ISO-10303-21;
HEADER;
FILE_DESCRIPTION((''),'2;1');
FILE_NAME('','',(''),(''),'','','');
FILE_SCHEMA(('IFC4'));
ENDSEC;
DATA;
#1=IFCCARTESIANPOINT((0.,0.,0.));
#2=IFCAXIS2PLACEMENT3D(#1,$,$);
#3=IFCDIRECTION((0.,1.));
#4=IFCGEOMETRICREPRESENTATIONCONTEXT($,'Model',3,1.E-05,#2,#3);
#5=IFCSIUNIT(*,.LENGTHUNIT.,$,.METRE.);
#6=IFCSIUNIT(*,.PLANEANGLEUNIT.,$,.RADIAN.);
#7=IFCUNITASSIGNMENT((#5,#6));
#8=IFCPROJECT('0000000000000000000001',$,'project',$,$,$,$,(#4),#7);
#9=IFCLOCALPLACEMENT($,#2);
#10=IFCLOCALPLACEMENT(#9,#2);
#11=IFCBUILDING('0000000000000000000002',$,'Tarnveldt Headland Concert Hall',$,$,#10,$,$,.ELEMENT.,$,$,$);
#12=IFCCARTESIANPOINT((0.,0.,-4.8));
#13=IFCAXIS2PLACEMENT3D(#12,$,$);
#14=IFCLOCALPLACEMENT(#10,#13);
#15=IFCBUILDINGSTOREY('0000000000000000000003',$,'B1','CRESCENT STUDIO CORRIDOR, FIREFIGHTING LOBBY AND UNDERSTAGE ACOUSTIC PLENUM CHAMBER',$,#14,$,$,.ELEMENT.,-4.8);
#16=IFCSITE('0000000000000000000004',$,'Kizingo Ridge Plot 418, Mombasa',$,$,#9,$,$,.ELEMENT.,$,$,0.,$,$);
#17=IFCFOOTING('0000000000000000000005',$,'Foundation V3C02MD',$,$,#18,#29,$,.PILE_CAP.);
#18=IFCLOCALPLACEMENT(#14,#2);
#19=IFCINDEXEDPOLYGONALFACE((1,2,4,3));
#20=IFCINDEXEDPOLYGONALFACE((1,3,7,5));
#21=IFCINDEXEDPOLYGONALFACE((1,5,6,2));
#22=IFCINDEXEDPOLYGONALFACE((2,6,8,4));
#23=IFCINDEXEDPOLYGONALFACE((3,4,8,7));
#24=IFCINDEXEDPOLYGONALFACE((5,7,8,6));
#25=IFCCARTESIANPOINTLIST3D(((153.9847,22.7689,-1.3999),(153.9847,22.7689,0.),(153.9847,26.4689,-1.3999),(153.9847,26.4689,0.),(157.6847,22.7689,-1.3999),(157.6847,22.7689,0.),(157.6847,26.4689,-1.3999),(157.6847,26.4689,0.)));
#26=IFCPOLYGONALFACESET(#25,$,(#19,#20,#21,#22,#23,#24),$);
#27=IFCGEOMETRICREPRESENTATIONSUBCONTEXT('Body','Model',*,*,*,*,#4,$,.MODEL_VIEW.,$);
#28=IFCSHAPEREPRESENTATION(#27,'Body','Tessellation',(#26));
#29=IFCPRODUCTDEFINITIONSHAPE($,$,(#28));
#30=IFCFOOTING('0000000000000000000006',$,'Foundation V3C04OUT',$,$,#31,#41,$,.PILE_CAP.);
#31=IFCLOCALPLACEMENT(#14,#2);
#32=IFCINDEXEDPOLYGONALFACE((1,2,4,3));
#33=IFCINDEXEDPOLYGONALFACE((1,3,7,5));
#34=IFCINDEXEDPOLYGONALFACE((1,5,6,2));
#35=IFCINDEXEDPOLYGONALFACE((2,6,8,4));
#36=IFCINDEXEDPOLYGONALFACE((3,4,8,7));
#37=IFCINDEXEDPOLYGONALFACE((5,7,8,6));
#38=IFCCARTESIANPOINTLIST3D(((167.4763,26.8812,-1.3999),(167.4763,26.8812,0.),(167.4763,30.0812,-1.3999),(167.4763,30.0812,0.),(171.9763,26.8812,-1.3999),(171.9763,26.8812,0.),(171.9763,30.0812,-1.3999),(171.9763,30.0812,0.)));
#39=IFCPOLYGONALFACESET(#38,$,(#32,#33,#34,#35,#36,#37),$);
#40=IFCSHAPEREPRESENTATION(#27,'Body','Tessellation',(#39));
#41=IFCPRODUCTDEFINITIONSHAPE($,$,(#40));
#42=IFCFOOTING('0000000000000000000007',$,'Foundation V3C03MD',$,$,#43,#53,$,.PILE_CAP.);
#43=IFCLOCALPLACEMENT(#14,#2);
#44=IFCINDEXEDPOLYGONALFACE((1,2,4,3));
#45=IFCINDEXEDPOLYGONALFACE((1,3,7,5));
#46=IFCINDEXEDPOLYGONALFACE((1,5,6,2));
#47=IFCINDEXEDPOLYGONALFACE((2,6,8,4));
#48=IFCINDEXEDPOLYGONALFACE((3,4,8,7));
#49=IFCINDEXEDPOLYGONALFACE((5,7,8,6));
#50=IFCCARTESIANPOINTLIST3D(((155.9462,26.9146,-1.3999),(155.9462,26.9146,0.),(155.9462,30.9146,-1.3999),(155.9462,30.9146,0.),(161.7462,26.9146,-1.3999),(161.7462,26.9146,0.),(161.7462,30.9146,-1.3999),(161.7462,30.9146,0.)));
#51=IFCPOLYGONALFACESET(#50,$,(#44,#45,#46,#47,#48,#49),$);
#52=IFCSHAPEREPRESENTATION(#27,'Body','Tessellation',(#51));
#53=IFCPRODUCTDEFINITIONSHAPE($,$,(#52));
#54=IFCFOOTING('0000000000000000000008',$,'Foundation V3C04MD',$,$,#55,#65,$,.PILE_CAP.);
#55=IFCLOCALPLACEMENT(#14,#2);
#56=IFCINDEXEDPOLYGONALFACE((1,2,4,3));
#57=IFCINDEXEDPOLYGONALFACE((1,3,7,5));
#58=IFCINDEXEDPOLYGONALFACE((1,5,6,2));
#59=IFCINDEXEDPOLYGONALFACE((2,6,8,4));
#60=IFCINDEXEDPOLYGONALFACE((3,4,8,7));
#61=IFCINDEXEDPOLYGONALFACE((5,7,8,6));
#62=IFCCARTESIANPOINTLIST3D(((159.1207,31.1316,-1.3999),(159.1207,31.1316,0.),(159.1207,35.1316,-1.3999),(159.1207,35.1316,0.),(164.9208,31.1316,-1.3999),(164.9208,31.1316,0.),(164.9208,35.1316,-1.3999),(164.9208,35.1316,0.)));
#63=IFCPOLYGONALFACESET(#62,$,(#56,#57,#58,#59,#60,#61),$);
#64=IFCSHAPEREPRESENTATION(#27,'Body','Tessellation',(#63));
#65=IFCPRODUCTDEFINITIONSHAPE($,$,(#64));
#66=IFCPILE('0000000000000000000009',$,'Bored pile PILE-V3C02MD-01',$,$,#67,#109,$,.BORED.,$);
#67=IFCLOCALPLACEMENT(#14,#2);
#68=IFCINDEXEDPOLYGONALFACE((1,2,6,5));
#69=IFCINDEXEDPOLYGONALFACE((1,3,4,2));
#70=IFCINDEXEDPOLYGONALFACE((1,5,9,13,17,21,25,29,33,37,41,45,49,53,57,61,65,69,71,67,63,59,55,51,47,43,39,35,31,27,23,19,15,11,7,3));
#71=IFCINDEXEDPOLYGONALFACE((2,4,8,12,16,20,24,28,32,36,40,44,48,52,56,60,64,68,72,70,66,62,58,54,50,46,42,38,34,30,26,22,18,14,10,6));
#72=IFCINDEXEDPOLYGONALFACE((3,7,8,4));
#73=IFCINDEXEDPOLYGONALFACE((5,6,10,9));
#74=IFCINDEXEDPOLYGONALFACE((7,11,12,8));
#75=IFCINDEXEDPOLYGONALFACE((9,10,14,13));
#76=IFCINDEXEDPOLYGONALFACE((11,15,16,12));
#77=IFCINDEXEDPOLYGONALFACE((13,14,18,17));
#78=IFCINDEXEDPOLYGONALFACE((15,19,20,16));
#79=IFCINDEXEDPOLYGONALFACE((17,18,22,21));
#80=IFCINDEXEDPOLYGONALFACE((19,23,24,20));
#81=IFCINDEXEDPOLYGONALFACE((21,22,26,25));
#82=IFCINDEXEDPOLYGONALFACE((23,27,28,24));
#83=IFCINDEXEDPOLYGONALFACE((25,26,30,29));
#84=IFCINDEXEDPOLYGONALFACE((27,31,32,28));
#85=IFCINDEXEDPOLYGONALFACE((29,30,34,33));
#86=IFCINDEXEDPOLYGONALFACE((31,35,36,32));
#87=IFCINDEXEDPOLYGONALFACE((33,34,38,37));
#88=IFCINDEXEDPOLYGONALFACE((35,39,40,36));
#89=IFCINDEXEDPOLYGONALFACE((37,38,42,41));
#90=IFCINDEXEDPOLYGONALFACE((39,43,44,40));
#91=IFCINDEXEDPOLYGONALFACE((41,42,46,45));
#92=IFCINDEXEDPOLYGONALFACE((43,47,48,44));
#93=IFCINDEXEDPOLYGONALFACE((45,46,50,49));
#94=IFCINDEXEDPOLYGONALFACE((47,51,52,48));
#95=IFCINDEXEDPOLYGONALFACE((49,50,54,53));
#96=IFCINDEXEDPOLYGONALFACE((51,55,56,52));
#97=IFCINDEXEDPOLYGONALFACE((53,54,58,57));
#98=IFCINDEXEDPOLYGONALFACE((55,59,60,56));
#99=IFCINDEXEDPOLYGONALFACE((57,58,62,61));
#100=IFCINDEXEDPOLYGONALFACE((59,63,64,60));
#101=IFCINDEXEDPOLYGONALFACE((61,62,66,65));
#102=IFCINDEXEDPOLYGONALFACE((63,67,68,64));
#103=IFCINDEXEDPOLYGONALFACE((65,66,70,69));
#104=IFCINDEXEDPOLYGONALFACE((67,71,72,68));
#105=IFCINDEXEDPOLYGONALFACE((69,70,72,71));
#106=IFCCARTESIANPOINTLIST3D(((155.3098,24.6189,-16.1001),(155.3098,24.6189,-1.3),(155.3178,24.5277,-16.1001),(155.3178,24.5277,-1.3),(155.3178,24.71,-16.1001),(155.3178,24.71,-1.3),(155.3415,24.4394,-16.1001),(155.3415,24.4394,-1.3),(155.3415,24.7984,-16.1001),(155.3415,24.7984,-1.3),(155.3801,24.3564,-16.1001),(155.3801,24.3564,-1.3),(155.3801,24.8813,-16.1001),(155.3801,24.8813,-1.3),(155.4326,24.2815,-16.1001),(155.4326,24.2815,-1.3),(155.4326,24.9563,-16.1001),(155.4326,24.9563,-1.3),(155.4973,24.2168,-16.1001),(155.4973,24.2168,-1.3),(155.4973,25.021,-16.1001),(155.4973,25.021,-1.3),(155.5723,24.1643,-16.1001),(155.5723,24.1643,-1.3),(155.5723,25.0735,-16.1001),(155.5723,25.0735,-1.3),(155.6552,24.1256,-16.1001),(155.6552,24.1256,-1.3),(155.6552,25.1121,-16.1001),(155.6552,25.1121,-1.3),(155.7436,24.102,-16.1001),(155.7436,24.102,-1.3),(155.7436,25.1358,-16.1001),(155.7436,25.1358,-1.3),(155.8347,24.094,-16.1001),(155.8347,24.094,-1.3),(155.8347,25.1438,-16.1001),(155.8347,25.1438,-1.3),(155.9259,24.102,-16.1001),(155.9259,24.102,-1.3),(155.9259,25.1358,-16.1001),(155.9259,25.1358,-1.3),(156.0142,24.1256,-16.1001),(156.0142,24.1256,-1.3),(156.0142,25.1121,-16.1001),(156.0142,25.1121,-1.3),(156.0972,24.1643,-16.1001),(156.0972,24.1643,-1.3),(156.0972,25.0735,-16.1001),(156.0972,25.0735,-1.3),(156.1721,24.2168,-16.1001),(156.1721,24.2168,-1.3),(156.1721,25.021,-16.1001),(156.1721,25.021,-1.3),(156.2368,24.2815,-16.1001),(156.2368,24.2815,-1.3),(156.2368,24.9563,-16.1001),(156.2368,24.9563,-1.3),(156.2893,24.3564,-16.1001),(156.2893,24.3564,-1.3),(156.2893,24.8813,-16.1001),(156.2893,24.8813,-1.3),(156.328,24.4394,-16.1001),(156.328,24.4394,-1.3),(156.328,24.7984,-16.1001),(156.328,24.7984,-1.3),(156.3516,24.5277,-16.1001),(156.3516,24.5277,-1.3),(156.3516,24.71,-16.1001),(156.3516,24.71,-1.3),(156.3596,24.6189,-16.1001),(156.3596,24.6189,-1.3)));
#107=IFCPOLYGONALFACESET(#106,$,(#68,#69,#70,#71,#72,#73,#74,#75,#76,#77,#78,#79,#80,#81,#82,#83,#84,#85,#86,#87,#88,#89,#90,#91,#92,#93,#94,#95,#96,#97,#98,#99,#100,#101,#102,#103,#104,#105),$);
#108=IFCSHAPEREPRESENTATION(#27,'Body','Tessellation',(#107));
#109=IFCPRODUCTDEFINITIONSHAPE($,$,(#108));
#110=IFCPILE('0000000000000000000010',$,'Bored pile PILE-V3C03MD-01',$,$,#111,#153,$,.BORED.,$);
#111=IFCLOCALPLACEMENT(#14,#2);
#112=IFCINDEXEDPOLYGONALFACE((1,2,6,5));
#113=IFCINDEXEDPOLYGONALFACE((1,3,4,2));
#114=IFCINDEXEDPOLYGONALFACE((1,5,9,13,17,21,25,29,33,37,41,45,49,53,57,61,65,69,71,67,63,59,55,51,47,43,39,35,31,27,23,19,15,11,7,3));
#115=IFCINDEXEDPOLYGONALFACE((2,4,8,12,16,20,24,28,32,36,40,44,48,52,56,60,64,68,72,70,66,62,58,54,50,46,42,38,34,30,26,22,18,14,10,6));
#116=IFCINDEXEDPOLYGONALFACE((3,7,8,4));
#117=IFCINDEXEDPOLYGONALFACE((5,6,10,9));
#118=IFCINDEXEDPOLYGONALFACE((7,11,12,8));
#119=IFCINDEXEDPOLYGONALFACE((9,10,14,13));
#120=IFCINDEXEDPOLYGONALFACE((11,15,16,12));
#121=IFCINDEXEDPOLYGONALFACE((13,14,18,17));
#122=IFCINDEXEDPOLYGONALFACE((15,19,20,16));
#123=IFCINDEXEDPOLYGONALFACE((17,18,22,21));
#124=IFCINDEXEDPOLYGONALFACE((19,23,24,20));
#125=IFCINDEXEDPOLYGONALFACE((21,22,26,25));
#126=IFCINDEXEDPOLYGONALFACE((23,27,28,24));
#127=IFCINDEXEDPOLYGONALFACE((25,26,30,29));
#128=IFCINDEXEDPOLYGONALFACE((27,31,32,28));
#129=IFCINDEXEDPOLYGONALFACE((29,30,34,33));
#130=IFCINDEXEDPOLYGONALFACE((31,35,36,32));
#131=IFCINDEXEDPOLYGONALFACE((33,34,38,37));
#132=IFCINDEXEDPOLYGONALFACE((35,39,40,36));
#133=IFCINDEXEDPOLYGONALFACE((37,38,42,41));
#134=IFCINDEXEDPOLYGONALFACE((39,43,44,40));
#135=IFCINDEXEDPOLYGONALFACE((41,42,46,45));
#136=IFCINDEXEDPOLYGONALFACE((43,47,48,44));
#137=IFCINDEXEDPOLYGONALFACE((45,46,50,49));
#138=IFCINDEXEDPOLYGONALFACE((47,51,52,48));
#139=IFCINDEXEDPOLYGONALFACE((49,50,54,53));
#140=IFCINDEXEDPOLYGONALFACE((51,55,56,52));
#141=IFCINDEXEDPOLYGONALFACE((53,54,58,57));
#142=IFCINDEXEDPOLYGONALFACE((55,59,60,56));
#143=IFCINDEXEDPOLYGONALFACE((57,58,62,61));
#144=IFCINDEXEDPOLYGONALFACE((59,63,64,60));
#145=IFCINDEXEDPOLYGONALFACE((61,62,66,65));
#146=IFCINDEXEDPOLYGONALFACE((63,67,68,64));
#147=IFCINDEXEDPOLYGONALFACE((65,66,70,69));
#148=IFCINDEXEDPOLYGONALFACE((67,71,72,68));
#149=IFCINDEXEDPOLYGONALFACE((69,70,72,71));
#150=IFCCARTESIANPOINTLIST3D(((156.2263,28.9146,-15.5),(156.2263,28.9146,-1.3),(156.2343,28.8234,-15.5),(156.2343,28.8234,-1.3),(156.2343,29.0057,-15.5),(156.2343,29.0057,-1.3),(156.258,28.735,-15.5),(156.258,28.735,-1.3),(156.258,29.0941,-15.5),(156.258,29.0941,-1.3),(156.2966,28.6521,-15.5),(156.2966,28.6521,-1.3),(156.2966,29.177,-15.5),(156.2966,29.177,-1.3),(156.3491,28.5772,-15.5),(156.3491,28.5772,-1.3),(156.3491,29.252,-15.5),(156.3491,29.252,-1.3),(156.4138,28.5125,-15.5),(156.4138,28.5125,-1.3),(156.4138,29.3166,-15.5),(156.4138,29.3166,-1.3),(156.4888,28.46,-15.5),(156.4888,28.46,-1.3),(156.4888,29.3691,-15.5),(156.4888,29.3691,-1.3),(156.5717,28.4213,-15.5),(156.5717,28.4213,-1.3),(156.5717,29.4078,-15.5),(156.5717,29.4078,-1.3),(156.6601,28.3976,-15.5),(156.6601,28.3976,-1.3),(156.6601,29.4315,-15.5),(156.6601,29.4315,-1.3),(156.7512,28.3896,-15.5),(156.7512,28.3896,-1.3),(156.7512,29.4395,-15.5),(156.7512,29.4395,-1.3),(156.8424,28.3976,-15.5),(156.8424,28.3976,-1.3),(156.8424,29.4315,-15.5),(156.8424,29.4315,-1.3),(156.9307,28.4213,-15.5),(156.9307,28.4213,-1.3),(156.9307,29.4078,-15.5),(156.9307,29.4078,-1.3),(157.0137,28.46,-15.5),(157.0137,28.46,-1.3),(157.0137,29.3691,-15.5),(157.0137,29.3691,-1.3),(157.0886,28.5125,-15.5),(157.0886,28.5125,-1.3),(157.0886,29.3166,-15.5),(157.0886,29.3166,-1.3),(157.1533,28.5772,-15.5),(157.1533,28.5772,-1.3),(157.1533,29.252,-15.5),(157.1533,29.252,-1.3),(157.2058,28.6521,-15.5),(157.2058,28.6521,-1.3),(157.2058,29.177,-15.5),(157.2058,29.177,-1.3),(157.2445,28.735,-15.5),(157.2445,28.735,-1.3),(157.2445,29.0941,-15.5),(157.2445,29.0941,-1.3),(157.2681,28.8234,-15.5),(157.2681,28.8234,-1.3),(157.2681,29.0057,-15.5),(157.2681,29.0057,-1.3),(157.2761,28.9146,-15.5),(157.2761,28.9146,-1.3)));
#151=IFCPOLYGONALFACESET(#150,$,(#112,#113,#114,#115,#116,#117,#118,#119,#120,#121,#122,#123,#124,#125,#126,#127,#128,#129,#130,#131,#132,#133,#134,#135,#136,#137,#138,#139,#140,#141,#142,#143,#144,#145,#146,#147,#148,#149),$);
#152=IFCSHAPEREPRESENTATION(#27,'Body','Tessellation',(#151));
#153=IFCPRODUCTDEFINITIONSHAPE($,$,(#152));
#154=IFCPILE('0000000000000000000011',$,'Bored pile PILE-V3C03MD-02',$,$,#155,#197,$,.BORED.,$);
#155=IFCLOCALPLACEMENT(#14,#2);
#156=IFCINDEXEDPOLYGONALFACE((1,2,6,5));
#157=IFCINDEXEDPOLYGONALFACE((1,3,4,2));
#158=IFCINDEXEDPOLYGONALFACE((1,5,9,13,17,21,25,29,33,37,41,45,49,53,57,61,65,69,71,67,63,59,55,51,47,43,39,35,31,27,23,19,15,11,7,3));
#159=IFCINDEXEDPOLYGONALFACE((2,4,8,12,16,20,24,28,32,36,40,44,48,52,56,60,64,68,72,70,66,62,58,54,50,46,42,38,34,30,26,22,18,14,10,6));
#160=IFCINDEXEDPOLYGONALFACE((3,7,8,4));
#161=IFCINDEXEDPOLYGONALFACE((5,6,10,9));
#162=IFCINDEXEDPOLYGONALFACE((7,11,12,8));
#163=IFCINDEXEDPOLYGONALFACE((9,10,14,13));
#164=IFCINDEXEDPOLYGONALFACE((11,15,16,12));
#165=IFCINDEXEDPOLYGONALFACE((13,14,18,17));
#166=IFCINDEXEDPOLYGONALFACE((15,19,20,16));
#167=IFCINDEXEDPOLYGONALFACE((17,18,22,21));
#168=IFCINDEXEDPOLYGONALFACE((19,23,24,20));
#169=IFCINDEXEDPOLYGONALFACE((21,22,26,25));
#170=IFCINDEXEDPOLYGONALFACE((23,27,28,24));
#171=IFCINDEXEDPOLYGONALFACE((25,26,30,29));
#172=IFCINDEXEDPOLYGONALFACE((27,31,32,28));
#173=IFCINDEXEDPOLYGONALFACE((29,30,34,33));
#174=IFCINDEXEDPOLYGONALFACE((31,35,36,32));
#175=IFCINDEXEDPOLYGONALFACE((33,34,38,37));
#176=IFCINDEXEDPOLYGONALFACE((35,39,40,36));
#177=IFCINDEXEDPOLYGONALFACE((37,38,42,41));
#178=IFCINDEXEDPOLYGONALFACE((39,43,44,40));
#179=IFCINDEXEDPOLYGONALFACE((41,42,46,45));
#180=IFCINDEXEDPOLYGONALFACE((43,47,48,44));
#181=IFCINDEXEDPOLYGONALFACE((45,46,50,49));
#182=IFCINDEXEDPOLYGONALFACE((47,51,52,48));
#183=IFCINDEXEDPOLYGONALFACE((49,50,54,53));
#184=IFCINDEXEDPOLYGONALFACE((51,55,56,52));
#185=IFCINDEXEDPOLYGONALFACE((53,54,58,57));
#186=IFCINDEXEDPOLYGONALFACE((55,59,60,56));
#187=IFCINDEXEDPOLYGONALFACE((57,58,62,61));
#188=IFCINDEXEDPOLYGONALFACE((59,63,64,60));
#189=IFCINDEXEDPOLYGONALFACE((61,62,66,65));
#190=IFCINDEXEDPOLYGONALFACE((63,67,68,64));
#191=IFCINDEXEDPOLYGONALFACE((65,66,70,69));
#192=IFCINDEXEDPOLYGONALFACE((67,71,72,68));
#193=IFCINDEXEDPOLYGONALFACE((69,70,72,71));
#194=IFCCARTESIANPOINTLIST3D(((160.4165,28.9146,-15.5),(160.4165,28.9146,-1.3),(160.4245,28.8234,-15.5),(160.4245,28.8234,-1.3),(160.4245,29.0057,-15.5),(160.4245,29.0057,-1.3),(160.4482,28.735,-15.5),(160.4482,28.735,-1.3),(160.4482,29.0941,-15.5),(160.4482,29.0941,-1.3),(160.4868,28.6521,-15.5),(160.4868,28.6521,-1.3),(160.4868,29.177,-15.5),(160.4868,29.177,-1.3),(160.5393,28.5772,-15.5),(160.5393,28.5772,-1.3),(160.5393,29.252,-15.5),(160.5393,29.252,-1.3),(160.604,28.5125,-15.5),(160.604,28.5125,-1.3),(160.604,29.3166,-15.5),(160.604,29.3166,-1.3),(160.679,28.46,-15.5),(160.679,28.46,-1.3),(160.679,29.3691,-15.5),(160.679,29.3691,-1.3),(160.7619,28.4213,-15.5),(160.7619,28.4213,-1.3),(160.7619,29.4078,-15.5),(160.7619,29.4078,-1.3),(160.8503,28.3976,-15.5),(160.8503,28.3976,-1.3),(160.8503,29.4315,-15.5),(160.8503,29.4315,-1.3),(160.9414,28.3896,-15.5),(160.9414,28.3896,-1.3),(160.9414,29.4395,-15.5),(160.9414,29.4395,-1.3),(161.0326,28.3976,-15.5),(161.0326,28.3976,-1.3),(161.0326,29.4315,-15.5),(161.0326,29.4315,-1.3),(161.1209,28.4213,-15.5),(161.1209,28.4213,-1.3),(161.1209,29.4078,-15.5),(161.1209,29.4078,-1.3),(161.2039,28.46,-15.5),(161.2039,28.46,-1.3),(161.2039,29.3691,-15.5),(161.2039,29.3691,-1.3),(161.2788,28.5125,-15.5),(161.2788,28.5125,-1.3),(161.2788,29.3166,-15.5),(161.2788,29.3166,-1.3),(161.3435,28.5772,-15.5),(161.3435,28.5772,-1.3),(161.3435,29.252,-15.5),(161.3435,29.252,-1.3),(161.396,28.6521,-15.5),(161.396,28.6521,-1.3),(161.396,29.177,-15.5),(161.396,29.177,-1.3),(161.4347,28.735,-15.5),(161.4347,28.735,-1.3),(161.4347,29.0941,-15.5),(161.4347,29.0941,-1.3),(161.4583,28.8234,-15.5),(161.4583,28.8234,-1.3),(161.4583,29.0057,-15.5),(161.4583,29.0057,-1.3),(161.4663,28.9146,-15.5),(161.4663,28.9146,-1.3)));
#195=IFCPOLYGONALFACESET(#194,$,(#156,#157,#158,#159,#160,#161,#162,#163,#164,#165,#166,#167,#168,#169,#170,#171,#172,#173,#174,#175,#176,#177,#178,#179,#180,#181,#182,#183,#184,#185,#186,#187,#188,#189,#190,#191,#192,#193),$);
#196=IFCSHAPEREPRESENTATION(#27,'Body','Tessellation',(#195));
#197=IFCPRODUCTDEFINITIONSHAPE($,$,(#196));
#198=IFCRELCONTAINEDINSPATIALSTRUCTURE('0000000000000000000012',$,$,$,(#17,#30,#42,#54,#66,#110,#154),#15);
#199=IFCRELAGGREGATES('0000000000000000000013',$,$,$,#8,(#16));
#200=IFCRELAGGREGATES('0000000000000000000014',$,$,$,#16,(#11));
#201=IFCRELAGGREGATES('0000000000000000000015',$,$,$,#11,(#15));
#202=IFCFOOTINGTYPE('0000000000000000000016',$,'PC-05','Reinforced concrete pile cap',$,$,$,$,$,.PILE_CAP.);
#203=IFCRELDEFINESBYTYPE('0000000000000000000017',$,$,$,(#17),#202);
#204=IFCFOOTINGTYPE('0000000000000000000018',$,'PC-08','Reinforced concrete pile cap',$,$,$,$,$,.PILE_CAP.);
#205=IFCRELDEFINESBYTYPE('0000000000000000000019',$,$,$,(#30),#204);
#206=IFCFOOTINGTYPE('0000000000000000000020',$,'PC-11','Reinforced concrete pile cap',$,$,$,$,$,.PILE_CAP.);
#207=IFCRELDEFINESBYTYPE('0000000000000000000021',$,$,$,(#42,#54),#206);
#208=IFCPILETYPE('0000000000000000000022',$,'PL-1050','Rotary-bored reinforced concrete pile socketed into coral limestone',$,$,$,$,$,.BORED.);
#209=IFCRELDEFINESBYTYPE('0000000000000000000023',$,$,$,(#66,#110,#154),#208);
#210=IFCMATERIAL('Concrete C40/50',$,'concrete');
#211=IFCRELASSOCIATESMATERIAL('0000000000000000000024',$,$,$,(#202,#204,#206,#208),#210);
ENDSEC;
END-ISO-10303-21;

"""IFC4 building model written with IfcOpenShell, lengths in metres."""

from ifc_helpers import new_model, si_unit, direction, frame, origin, origin_2d, place, context, subcontext, project, spatial, rectangle, circle, extrude, material, material_profile, profile_set, type_object, element, save


model = new_model("IFC4")

# Units and contexts
model_context = context("Model", 3, precision=1e-05, world=origin(), true_north=direction((0.0, 1.0)))
body_context = subcontext(model_context, "Body", "Model", "MODEL_VIEW")
ifc_project = project(units=[si_unit("LENGTHUNIT", "METRE"), si_unit("PLANEANGLEUNIT", "RADIAN")], contexts=[model_context])

# Site, building, storey
site_placement = place(None, origin())
site = spatial("IfcSite", under=ifc_project, at=site_placement, Name="Kizingo Ridge Plot 418, Mombasa", CompositionType="ELEMENT", RefElevation=0.0)
building_placement = place(site_placement, origin())
building = spatial("IfcBuilding", under=site, at=building_placement, Name="Tarnveldt Headland Concert Hall", CompositionType="ELEMENT")
storey_placement = place(building_placement, frame((0.0, 0.0, -4.8)))
storey = spatial("IfcBuildingStorey", under=building, at=storey_placement, Name="B1", Description="CRESCENT STUDIO CORRIDOR, FIREFIGHTING LOBBY AND UNDERSTAGE ACOUSTIC PLENUM CHAMBER", CompositionType="ELEMENT", Elevation=-4.8)

# Footings
ifc_material_1 = material(Name="Concrete C40/50", Category="concrete")
footing_type_1 = type_object("IfcFootingType", Name="PC-05", Description="Reinforced concrete pile cap", PredefinedType="PILE_CAP", material=ifc_material_1)
footing_1_placement = place(storey_placement, frame((155.8347, 24.6189, -1.3999), z_axis=(0.0, 0.0, 1.0), x_axis=(1.0, 0.0, 0.0)))
element("IfcFooting", 1, at=footing_1_placement, inside=storey, type_object=footing_type_1, Name="Foundation V3C02MD", PredefinedType="PILE_CAP", context=body_context, shape_type="SweptSolid", body=[
    extrude(rectangle(XDim=3.7, YDim=3.7, at=origin_2d()), origin(), (0.0, 0.0, 1.0), 1.3999),
])
footing_type_2 = type_object("IfcFootingType", Name="PC-08", Description="Reinforced concrete pile cap", PredefinedType="PILE_CAP", material=ifc_material_1)
footing_2_placement = place(storey_placement, frame((169.7263, 28.4812, -1.3999), z_axis=(0.0, 0.0, 1.0), x_axis=(1.0, 0.0, 0.0)))
element("IfcFooting", 2, at=footing_2_placement, inside=storey, type_object=footing_type_2, Name="Foundation V3C04OUT", PredefinedType="PILE_CAP", context=body_context, shape_type="SweptSolid", body=[
    extrude(rectangle(XDim=4.5, YDim=3.2, at=origin_2d()), origin(), (0.0, 0.0, 1.0), 1.3999),
])
footing_type_3 = type_object("IfcFootingType", Name="PC-11", Description="Reinforced concrete pile cap", PredefinedType="PILE_CAP", material=ifc_material_1)
for number, where, z_axis, x_axis, name in (
    (3, (158.8462, 28.9146, -1.3999), (0.0, 0.0, 1.0), (1.0, 0.0, 0.0), "Foundation V3C03MD"),
    (4, (162.0208, 33.1316, -1.3999), (0.0, 0.0, 1.0), (1.0, 0.0, 0.0), "Foundation V3C04MD"),
):
    element("IfcFooting", number, at=place(storey_placement, frame(where, z_axis=z_axis, x_axis=x_axis)), inside=storey, type_object=footing_type_3, Name=name, PredefinedType="PILE_CAP", context=body_context, shape_type="SweptSolid", body=[
        extrude(rectangle(XDim=5.8, YDim=4.0, at=origin_2d()), origin(), (0.0, 0.0, 1.0), 1.3999),
    ])

# Piles
ifc_material_profile_1 = material_profile(ifc_material_1, circle(Radius=0.5249, at=origin_2d()), Name="BORED PILE D1050", Category="concrete")
ifc_profile_set_1 = profile_set([ifc_material_profile_1], Name="Concrete C40/50")
pile_type_1 = type_object("IfcPileType", Name="PL-1050", Description="Rotary-bored reinforced concrete pile socketed into coral limestone", PredefinedType="BORED", material=ifc_profile_set_1)
pile_1_placement = place(storey_placement, frame((155.8347, 24.6189, -1.3), z_axis=(0.0, 0.0, -1.0), x_axis=(1.0, 0.0, 0.0)))
element("IfcPile", 5, at=pile_1_placement, inside=storey, type_object=pile_type_1, Name="Bored pile PILE-V3C02MD-01", PredefinedType="BORED", context=body_context, shape_type="SweptSolid", body=[
    extrude(circle(Radius=0.5249, at=origin_2d()), origin(), (0.0, 0.0, 1.0), 14.8),
])
for number, where, z_axis, x_axis, name in (
    (6, (156.7512, 28.9146, -1.3), (0.0, 0.0, -1.0), (1.0, 0.0, 0.0), "Bored pile PILE-V3C03MD-01"),
    (7, (160.9414, 28.9146, -1.3), (0.0, 0.0, -1.0), (1.0, 0.0, 0.0), "Bored pile PILE-V3C03MD-02"),
):
    element("IfcPile", number, at=place(storey_placement, frame(where, z_axis=z_axis, x_axis=x_axis)), inside=storey, type_object=pile_type_1, Name=name, PredefinedType="BORED", context=body_context, shape_type="SweptSolid", body=[
        extrude(circle(Radius=0.5249, at=origin_2d()), origin(), (0.0, 0.0, 1.0), 14.2),
    ])

save(model, "model.ifc")
